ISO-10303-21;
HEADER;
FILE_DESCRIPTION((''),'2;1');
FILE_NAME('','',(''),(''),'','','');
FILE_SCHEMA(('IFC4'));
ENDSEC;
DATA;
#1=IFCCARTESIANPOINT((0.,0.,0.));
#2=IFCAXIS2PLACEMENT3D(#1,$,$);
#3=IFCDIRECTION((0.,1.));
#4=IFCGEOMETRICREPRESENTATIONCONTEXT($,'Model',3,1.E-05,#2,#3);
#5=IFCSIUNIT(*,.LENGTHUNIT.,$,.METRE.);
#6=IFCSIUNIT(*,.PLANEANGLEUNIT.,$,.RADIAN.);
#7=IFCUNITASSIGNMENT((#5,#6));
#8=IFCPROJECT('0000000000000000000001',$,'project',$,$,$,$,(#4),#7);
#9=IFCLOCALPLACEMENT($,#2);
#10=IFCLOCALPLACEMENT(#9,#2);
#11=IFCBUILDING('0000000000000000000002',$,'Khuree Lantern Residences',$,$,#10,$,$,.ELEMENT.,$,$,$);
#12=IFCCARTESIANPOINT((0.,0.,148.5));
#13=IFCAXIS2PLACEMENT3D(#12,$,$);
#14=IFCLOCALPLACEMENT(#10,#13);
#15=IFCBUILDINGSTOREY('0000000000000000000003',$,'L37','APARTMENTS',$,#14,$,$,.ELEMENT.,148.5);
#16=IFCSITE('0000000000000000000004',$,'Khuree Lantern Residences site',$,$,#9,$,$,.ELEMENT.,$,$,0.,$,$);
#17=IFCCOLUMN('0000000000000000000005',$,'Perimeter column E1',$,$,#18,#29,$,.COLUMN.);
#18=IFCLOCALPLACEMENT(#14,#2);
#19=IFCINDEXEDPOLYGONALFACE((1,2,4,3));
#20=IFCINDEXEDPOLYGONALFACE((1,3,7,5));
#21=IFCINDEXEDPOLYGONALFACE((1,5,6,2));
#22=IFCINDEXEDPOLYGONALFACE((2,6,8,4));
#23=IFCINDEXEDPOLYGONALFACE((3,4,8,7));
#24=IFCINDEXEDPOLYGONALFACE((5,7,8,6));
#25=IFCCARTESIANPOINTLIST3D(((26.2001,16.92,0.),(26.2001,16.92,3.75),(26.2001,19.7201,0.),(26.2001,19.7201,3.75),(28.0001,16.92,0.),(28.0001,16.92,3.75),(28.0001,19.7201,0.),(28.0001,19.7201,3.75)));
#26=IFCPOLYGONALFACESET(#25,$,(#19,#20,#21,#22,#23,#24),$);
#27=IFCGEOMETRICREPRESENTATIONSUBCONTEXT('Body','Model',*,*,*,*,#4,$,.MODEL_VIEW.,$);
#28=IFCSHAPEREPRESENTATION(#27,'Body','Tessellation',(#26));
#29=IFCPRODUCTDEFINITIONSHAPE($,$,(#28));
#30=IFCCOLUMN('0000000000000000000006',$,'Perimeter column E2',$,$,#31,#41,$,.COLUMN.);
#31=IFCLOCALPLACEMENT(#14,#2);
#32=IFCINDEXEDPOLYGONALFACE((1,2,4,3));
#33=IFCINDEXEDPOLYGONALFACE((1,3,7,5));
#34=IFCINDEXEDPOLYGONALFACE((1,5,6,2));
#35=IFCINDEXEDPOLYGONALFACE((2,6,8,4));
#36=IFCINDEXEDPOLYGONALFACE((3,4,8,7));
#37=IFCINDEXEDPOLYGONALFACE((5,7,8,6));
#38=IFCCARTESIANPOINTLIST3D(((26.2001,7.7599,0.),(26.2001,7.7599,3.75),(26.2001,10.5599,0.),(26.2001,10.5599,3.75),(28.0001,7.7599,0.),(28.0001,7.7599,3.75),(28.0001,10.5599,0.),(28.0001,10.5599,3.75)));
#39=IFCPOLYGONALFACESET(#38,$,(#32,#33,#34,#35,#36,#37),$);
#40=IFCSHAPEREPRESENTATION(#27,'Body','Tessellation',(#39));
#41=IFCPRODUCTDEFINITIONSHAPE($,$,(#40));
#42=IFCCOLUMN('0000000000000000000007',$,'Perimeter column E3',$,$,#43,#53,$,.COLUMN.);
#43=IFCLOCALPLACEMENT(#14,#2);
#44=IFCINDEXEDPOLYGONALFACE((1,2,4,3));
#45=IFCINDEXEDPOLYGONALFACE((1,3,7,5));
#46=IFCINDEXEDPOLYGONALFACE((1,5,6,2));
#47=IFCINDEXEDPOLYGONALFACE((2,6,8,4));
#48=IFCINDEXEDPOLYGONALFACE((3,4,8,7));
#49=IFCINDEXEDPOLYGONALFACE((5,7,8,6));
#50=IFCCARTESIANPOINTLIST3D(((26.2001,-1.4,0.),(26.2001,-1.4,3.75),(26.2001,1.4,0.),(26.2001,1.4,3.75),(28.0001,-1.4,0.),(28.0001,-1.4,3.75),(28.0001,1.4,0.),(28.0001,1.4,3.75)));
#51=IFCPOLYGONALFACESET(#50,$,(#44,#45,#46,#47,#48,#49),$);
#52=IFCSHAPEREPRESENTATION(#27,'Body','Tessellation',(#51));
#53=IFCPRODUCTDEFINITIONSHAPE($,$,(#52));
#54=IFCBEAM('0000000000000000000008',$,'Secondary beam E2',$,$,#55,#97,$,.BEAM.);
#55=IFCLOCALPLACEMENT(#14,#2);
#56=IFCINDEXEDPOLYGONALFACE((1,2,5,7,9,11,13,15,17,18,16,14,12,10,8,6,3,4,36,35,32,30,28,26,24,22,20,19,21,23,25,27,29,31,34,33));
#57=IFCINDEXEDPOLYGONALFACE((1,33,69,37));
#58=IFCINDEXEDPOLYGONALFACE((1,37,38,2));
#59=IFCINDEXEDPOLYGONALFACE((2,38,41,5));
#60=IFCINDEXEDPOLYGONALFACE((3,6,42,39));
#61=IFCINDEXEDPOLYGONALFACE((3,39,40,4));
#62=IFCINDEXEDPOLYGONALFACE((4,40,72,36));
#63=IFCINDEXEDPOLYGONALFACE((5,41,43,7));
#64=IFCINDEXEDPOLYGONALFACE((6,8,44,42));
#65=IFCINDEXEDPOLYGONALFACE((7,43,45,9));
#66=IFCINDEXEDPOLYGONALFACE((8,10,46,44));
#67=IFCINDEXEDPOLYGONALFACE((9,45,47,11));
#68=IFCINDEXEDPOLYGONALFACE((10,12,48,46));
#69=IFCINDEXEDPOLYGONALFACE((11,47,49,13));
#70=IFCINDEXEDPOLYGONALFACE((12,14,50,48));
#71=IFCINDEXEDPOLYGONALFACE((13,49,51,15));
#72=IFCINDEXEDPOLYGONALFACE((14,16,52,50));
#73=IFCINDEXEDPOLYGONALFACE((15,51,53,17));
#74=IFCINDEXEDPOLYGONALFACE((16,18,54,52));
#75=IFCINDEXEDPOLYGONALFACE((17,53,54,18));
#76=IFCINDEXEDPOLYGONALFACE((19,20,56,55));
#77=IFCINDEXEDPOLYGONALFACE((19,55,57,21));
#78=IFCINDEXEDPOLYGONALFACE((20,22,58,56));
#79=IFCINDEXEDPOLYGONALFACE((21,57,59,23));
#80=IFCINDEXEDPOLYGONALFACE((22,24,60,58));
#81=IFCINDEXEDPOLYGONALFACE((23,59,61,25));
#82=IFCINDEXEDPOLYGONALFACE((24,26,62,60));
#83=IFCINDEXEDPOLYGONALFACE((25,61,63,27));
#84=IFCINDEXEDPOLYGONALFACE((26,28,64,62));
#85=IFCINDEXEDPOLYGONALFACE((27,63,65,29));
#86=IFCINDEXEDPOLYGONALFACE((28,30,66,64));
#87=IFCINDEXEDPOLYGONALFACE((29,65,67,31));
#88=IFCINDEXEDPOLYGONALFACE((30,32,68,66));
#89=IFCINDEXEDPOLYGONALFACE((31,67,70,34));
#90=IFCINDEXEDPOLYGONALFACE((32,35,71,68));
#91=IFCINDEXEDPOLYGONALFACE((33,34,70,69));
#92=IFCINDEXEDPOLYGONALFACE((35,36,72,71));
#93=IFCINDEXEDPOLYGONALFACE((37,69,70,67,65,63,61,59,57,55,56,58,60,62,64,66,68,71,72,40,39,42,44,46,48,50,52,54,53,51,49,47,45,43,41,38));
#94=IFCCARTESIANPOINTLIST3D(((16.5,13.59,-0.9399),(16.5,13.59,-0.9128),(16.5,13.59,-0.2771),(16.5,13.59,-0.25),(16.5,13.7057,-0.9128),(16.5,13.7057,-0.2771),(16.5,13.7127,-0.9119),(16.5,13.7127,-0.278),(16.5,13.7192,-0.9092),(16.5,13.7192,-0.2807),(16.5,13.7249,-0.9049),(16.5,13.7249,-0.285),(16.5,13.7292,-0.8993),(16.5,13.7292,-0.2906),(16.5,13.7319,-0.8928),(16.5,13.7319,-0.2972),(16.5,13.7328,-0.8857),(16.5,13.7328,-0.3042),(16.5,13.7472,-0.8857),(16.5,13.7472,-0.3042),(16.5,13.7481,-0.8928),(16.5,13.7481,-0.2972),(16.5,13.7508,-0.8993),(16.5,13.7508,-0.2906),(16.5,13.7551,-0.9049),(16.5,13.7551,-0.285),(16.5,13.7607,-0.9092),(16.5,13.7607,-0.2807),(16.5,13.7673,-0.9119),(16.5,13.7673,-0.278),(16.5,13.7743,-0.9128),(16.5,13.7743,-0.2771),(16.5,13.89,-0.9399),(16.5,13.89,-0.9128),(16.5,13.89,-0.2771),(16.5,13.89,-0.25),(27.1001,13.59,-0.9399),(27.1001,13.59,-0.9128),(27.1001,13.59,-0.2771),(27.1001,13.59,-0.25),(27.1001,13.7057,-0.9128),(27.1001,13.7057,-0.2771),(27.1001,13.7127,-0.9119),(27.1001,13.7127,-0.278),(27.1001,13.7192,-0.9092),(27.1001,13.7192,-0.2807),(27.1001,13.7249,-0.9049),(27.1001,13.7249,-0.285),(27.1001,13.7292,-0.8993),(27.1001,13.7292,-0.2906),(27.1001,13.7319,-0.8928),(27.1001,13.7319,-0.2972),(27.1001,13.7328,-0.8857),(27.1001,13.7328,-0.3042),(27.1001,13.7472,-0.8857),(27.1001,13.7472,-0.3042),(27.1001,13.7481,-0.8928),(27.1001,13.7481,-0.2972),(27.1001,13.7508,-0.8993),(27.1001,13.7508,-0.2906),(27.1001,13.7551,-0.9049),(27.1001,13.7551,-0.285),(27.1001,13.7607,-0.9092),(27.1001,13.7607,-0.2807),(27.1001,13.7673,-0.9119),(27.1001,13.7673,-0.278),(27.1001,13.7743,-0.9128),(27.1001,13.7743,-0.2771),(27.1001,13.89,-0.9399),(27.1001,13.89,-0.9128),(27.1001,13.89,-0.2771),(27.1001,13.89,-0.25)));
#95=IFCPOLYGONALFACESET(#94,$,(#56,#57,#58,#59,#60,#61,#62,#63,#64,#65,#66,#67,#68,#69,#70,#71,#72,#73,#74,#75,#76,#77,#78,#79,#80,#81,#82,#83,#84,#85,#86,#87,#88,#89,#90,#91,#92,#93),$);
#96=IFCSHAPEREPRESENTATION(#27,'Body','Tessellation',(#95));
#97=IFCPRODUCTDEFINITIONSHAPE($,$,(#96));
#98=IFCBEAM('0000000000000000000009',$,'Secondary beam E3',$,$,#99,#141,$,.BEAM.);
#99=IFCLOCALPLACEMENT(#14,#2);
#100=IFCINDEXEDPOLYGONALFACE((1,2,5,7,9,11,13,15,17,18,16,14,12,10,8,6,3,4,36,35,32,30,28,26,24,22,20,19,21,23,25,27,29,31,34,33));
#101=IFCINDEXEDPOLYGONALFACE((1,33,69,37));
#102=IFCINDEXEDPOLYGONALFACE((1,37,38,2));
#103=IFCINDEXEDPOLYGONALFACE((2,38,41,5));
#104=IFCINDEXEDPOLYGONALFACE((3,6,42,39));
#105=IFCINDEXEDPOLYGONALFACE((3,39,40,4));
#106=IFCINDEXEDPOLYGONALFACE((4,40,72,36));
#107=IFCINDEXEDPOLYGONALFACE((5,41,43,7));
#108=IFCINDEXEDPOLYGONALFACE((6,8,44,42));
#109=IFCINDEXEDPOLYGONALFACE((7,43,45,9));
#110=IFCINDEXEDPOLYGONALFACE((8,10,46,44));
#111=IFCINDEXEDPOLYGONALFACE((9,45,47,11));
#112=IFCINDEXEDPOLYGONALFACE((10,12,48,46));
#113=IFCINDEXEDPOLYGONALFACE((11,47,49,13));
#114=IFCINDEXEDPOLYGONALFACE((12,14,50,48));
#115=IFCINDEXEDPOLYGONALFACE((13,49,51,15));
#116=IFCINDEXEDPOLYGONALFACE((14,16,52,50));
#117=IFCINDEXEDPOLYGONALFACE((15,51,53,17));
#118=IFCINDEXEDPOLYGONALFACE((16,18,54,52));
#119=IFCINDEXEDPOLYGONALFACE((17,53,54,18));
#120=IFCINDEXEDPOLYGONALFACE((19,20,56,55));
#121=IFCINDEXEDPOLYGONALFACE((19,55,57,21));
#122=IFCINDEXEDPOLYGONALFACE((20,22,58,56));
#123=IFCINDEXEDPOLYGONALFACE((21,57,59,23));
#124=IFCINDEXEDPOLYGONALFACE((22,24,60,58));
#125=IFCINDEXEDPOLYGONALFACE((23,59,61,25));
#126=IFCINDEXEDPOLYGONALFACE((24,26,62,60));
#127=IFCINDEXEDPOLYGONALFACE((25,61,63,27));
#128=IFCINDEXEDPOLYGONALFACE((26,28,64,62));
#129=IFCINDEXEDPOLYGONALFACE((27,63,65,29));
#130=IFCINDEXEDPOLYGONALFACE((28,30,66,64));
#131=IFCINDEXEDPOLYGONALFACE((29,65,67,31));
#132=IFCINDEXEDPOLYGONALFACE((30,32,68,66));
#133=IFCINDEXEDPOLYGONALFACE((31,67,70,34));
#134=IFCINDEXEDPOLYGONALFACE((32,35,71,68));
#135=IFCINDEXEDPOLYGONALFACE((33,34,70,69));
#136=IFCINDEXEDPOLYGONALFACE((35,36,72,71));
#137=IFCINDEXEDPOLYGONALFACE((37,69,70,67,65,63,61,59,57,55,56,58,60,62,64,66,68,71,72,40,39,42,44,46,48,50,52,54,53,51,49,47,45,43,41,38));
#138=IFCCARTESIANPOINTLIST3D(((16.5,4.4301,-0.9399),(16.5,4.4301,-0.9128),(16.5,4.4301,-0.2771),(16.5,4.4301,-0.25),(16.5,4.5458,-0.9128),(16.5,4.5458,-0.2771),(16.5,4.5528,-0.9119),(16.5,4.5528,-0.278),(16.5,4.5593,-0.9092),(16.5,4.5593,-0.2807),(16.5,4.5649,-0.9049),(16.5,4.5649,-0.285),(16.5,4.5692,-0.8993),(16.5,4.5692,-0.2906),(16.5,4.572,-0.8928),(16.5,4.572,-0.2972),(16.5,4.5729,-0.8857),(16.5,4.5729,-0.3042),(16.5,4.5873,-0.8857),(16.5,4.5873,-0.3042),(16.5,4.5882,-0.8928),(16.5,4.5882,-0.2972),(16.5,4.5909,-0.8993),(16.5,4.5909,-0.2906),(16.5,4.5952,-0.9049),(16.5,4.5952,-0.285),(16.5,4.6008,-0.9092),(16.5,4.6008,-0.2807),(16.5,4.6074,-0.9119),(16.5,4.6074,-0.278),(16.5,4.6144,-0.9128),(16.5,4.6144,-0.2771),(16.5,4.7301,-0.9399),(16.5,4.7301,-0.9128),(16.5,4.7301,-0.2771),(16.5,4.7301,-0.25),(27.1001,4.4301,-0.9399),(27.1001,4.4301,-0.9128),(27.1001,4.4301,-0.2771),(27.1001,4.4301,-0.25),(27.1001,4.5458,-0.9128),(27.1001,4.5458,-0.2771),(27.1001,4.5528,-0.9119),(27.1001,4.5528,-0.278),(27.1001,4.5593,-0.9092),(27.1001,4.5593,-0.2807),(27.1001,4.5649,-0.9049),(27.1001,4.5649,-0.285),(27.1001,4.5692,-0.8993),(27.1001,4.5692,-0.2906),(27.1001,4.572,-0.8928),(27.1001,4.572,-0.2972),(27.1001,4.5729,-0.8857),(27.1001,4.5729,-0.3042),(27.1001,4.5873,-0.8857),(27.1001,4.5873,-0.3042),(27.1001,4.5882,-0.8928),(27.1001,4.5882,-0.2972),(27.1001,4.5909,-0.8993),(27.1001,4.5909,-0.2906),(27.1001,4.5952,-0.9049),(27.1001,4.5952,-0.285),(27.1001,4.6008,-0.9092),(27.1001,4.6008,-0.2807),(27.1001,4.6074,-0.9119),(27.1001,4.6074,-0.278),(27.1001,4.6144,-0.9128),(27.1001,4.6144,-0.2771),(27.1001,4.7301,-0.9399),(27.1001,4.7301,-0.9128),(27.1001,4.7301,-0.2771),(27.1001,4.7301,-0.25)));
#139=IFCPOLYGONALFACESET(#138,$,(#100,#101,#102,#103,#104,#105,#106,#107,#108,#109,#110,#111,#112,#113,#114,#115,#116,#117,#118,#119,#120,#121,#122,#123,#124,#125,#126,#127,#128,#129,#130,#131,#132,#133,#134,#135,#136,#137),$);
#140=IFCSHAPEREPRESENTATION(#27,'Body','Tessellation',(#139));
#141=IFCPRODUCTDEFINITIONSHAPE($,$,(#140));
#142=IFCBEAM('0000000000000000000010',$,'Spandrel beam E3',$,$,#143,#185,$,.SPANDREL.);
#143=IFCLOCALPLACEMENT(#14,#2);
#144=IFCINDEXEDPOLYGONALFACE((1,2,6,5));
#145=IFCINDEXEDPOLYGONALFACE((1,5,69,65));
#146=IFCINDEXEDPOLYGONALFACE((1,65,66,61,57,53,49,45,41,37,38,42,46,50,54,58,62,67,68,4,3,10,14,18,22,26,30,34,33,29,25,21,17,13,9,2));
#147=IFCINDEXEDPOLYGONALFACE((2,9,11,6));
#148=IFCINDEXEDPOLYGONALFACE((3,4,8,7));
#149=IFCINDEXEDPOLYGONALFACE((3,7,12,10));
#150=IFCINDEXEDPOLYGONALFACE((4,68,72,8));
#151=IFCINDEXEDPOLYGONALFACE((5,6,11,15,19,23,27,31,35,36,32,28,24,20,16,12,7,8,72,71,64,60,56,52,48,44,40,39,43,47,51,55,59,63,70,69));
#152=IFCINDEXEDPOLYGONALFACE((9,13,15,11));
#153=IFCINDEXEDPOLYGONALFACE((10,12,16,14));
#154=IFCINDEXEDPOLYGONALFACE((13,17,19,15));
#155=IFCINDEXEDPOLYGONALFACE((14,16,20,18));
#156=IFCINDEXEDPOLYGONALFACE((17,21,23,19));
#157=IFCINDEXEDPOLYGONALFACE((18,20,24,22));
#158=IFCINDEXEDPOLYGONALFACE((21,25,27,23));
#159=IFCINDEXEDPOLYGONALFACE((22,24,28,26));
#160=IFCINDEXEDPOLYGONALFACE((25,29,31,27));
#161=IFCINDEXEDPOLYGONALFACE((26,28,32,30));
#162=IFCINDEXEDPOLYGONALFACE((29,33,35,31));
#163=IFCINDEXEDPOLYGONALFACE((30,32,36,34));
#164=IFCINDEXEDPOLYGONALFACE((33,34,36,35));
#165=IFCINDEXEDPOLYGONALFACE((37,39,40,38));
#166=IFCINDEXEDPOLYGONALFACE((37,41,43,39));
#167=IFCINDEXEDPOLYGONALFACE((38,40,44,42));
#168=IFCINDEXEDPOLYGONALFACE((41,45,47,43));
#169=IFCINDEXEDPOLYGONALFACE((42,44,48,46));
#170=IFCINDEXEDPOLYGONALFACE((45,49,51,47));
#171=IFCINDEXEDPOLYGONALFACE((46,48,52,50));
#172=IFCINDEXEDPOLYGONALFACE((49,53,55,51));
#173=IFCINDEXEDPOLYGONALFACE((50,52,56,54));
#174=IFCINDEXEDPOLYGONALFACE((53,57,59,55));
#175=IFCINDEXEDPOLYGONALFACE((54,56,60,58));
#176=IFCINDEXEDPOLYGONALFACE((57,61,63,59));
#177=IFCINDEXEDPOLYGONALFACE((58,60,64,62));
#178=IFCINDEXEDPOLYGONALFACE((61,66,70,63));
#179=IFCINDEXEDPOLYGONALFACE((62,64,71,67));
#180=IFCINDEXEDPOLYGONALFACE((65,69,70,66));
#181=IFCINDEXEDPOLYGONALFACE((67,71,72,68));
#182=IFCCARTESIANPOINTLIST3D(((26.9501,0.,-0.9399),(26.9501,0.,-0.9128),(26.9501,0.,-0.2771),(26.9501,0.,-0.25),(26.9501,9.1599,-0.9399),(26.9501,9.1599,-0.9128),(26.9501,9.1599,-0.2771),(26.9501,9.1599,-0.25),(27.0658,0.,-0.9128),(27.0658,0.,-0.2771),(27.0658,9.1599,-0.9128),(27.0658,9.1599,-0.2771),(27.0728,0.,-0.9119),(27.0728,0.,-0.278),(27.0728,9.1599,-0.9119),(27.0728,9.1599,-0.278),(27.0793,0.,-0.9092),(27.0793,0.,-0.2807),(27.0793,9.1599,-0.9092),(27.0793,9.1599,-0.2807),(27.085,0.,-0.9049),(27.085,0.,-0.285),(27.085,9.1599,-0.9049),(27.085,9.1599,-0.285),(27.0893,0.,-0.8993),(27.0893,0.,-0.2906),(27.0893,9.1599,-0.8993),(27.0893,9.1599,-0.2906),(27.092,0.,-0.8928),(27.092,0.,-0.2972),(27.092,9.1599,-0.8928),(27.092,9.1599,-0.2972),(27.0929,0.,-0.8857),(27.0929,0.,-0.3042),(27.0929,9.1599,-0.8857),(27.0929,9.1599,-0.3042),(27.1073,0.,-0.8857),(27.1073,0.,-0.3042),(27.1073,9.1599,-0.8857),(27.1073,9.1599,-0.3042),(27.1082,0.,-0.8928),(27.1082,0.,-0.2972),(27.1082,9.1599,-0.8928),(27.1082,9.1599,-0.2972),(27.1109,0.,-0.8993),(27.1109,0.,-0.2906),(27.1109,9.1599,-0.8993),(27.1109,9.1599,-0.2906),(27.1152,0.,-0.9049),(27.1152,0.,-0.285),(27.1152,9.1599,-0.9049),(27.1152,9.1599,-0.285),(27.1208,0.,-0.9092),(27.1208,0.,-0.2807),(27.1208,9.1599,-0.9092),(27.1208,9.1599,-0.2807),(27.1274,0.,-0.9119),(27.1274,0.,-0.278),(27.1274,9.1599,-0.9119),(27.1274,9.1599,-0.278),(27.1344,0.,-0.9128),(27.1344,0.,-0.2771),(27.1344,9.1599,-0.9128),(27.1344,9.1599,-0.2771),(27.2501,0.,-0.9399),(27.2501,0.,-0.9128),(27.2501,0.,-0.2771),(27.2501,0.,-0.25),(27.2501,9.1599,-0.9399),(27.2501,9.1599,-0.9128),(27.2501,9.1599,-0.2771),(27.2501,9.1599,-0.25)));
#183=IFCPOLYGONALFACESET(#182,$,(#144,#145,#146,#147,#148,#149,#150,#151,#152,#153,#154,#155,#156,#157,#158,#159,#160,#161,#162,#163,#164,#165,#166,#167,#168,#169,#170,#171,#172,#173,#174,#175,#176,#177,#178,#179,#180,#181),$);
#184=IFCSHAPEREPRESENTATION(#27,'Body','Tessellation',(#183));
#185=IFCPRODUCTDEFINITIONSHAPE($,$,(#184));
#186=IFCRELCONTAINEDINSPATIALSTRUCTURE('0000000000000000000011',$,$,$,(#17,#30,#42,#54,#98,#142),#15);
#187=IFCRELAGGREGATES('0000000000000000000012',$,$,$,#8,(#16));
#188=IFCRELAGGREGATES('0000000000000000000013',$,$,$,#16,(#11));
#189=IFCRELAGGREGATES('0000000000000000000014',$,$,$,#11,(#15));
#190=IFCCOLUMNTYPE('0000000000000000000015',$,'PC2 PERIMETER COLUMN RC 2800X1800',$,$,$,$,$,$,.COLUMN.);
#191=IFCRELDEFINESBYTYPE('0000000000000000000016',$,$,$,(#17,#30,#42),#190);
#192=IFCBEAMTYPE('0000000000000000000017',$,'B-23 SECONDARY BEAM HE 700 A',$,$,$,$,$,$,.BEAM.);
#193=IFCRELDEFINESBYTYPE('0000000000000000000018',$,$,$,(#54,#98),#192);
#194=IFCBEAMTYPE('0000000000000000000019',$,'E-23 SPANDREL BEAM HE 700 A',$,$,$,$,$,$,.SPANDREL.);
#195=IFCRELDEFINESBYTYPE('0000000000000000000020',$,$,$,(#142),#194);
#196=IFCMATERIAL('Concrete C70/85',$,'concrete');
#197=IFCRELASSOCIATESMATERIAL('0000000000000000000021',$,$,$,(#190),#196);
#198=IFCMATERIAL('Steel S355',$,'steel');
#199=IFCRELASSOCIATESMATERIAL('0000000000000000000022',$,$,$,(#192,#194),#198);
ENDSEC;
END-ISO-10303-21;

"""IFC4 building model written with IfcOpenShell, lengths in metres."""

from ifc_helpers import new_model, si_unit, direction, frame, origin, origin_2d, place, context, subcontext, project, spatial, rectangle, i_section, extrude, material, material_profile, profile_set, type_object, element, save


model = new_model("IFC4")

# Units and contexts
model_context = context("Model", 3, precision=1e-05, world=origin(), true_north=direction((0.0, 1.0)))
body_context = subcontext(model_context, "Body", "Model", "MODEL_VIEW")
ifc_project = project(units=[si_unit("LENGTHUNIT", "METRE"), si_unit("PLANEANGLEUNIT", "RADIAN")], contexts=[model_context])

# Site, building, storey
site_placement = place(None, origin())
site = spatial("IfcSite", under=ifc_project, at=site_placement, Name="Khuree Lantern Residences site", CompositionType="ELEMENT", RefElevation=0.0)
building_placement = place(site_placement, origin())
building = spatial("IfcBuilding", under=site, at=building_placement, Name="Khuree Lantern Residences", CompositionType="ELEMENT")
storey_placement = place(building_placement, frame((0.0, 0.0, 148.5)))
storey = spatial("IfcBuildingStorey", under=building, at=storey_placement, Name="L37", Description="APARTMENTS", CompositionType="ELEMENT", Elevation=148.5)

# Columns
ifc_material_1 = material(Name="Concrete C70/85", Category="concrete")
ifc_material_profile_1 = material_profile(ifc_material_1, rectangle(XDim=2.8, YDim=1.8, at=origin_2d()), Name="RC 2800X1800")
ifc_profile_set_1 = profile_set([ifc_material_profile_1], Name="Concrete C70/85")
column_type = type_object("IfcColumnType", Name="PC2 PERIMETER COLUMN RC 2800X1800", PredefinedType="COLUMN", material=ifc_profile_set_1)
for number, where, z_axis, x_axis, name in (
    (1, (27.1001, 18.3201, 0.0), (0.0, 0.0, 1.0), (0.0, 1.0, 0.0), "Perimeter column E1"),
    (2, (27.1001, 9.1599, 0.0), (0.0, 0.0, 1.0), (0.0, 1.0, 0.0), "Perimeter column E2"),
    (3, (27.1001, 0.0, 0.0), (0.0, 0.0, 1.0), (0.0, 1.0, 0.0), "Perimeter column E3"),
):
    element("IfcColumn", number, at=place(storey_placement, frame(where, z_axis=z_axis, x_axis=x_axis)), inside=storey, type_object=column_type, Name=name, PredefinedType="COLUMN", context=body_context, shape_type="SweptSolid", body=[
        extrude(rectangle(XDim=2.8, YDim=1.8, at=origin_2d()), origin(), (0.0, 0.0, 1.0), 3.75),
    ])

# Beams
ifc_material_2 = material(Name="Steel S355", Category="steel")
ifc_material_profile_2 = material_profile(ifc_material_2, i_section(OverallWidth=0.3, OverallDepth=0.6899, WebThickness=0.0144, FlangeThickness=0.0271, FilletRadius=0.0271, at=origin_2d()), Name="HE 700 A")
ifc_profile_set_2 = profile_set([ifc_material_profile_2], Name="Steel S355")
beam_type_1 = type_object("IfcBeamType", Name="B-23 SECONDARY BEAM HE 700 A", PredefinedType="BEAM", material=ifc_profile_set_2)
for number, where, z_axis, x_axis, name in (
    (4, (27.1001, 13.74, -0.595), (-1.0, 0.0, 0.0), (0.0, -1.0, 0.0), "Secondary beam E2"),
    (5, (27.1001, 4.5801, -0.595), (-1.0, 0.0, 0.0), (0.0, -1.0, 0.0), "Secondary beam E3"),
):
    element("IfcBeam", number, at=place(storey_placement, frame(where, z_axis=z_axis, x_axis=x_axis)), inside=storey, type_object=beam_type_1, Name=name, PredefinedType="BEAM", context=body_context, shape_type="SweptSolid", body=[
        extrude(i_section(OverallWidth=0.3, OverallDepth=0.6899, WebThickness=0.0144, FlangeThickness=0.0271, FilletRadius=0.0271, at=origin_2d()), origin(), (0.0, 0.0, 1.0), 10.6001),
    ])
ifc_material_profile_3 = material_profile(ifc_material_2, i_section(OverallWidth=0.3, OverallDepth=0.6899, WebThickness=0.0144, FlangeThickness=0.0271, FilletRadius=0.0271, at=origin_2d()), Name="HE 700 A")
ifc_profile_set_3 = profile_set([ifc_material_profile_3], Name="Steel S355")
beam_type_2 = type_object("IfcBeamType", Name="E-23 SPANDREL BEAM HE 700 A", PredefinedType="SPANDREL", material=ifc_profile_set_3)
for number, where, z_axis, x_axis, name in (
    (6, (27.1001, 9.1599, -0.595), (0.0, -1.0, 0.0), (1.0, 0.0, 0.0), "Spandrel beam E3"),
):
    element("IfcBeam", number, at=place(storey_placement, frame(where, z_axis=z_axis, x_axis=x_axis)), inside=storey, type_object=beam_type_2, Name=name, PredefinedType="SPANDREL", context=body_context, shape_type="SweptSolid", body=[
        extrude(i_section(OverallWidth=0.3, OverallDepth=0.6899, WebThickness=0.0144, FlangeThickness=0.0271, FilletRadius=0.0271, at=origin_2d()), origin(), (0.0, 0.0, 1.0), 9.1599),
    ])

save(model, "model.ifc")
